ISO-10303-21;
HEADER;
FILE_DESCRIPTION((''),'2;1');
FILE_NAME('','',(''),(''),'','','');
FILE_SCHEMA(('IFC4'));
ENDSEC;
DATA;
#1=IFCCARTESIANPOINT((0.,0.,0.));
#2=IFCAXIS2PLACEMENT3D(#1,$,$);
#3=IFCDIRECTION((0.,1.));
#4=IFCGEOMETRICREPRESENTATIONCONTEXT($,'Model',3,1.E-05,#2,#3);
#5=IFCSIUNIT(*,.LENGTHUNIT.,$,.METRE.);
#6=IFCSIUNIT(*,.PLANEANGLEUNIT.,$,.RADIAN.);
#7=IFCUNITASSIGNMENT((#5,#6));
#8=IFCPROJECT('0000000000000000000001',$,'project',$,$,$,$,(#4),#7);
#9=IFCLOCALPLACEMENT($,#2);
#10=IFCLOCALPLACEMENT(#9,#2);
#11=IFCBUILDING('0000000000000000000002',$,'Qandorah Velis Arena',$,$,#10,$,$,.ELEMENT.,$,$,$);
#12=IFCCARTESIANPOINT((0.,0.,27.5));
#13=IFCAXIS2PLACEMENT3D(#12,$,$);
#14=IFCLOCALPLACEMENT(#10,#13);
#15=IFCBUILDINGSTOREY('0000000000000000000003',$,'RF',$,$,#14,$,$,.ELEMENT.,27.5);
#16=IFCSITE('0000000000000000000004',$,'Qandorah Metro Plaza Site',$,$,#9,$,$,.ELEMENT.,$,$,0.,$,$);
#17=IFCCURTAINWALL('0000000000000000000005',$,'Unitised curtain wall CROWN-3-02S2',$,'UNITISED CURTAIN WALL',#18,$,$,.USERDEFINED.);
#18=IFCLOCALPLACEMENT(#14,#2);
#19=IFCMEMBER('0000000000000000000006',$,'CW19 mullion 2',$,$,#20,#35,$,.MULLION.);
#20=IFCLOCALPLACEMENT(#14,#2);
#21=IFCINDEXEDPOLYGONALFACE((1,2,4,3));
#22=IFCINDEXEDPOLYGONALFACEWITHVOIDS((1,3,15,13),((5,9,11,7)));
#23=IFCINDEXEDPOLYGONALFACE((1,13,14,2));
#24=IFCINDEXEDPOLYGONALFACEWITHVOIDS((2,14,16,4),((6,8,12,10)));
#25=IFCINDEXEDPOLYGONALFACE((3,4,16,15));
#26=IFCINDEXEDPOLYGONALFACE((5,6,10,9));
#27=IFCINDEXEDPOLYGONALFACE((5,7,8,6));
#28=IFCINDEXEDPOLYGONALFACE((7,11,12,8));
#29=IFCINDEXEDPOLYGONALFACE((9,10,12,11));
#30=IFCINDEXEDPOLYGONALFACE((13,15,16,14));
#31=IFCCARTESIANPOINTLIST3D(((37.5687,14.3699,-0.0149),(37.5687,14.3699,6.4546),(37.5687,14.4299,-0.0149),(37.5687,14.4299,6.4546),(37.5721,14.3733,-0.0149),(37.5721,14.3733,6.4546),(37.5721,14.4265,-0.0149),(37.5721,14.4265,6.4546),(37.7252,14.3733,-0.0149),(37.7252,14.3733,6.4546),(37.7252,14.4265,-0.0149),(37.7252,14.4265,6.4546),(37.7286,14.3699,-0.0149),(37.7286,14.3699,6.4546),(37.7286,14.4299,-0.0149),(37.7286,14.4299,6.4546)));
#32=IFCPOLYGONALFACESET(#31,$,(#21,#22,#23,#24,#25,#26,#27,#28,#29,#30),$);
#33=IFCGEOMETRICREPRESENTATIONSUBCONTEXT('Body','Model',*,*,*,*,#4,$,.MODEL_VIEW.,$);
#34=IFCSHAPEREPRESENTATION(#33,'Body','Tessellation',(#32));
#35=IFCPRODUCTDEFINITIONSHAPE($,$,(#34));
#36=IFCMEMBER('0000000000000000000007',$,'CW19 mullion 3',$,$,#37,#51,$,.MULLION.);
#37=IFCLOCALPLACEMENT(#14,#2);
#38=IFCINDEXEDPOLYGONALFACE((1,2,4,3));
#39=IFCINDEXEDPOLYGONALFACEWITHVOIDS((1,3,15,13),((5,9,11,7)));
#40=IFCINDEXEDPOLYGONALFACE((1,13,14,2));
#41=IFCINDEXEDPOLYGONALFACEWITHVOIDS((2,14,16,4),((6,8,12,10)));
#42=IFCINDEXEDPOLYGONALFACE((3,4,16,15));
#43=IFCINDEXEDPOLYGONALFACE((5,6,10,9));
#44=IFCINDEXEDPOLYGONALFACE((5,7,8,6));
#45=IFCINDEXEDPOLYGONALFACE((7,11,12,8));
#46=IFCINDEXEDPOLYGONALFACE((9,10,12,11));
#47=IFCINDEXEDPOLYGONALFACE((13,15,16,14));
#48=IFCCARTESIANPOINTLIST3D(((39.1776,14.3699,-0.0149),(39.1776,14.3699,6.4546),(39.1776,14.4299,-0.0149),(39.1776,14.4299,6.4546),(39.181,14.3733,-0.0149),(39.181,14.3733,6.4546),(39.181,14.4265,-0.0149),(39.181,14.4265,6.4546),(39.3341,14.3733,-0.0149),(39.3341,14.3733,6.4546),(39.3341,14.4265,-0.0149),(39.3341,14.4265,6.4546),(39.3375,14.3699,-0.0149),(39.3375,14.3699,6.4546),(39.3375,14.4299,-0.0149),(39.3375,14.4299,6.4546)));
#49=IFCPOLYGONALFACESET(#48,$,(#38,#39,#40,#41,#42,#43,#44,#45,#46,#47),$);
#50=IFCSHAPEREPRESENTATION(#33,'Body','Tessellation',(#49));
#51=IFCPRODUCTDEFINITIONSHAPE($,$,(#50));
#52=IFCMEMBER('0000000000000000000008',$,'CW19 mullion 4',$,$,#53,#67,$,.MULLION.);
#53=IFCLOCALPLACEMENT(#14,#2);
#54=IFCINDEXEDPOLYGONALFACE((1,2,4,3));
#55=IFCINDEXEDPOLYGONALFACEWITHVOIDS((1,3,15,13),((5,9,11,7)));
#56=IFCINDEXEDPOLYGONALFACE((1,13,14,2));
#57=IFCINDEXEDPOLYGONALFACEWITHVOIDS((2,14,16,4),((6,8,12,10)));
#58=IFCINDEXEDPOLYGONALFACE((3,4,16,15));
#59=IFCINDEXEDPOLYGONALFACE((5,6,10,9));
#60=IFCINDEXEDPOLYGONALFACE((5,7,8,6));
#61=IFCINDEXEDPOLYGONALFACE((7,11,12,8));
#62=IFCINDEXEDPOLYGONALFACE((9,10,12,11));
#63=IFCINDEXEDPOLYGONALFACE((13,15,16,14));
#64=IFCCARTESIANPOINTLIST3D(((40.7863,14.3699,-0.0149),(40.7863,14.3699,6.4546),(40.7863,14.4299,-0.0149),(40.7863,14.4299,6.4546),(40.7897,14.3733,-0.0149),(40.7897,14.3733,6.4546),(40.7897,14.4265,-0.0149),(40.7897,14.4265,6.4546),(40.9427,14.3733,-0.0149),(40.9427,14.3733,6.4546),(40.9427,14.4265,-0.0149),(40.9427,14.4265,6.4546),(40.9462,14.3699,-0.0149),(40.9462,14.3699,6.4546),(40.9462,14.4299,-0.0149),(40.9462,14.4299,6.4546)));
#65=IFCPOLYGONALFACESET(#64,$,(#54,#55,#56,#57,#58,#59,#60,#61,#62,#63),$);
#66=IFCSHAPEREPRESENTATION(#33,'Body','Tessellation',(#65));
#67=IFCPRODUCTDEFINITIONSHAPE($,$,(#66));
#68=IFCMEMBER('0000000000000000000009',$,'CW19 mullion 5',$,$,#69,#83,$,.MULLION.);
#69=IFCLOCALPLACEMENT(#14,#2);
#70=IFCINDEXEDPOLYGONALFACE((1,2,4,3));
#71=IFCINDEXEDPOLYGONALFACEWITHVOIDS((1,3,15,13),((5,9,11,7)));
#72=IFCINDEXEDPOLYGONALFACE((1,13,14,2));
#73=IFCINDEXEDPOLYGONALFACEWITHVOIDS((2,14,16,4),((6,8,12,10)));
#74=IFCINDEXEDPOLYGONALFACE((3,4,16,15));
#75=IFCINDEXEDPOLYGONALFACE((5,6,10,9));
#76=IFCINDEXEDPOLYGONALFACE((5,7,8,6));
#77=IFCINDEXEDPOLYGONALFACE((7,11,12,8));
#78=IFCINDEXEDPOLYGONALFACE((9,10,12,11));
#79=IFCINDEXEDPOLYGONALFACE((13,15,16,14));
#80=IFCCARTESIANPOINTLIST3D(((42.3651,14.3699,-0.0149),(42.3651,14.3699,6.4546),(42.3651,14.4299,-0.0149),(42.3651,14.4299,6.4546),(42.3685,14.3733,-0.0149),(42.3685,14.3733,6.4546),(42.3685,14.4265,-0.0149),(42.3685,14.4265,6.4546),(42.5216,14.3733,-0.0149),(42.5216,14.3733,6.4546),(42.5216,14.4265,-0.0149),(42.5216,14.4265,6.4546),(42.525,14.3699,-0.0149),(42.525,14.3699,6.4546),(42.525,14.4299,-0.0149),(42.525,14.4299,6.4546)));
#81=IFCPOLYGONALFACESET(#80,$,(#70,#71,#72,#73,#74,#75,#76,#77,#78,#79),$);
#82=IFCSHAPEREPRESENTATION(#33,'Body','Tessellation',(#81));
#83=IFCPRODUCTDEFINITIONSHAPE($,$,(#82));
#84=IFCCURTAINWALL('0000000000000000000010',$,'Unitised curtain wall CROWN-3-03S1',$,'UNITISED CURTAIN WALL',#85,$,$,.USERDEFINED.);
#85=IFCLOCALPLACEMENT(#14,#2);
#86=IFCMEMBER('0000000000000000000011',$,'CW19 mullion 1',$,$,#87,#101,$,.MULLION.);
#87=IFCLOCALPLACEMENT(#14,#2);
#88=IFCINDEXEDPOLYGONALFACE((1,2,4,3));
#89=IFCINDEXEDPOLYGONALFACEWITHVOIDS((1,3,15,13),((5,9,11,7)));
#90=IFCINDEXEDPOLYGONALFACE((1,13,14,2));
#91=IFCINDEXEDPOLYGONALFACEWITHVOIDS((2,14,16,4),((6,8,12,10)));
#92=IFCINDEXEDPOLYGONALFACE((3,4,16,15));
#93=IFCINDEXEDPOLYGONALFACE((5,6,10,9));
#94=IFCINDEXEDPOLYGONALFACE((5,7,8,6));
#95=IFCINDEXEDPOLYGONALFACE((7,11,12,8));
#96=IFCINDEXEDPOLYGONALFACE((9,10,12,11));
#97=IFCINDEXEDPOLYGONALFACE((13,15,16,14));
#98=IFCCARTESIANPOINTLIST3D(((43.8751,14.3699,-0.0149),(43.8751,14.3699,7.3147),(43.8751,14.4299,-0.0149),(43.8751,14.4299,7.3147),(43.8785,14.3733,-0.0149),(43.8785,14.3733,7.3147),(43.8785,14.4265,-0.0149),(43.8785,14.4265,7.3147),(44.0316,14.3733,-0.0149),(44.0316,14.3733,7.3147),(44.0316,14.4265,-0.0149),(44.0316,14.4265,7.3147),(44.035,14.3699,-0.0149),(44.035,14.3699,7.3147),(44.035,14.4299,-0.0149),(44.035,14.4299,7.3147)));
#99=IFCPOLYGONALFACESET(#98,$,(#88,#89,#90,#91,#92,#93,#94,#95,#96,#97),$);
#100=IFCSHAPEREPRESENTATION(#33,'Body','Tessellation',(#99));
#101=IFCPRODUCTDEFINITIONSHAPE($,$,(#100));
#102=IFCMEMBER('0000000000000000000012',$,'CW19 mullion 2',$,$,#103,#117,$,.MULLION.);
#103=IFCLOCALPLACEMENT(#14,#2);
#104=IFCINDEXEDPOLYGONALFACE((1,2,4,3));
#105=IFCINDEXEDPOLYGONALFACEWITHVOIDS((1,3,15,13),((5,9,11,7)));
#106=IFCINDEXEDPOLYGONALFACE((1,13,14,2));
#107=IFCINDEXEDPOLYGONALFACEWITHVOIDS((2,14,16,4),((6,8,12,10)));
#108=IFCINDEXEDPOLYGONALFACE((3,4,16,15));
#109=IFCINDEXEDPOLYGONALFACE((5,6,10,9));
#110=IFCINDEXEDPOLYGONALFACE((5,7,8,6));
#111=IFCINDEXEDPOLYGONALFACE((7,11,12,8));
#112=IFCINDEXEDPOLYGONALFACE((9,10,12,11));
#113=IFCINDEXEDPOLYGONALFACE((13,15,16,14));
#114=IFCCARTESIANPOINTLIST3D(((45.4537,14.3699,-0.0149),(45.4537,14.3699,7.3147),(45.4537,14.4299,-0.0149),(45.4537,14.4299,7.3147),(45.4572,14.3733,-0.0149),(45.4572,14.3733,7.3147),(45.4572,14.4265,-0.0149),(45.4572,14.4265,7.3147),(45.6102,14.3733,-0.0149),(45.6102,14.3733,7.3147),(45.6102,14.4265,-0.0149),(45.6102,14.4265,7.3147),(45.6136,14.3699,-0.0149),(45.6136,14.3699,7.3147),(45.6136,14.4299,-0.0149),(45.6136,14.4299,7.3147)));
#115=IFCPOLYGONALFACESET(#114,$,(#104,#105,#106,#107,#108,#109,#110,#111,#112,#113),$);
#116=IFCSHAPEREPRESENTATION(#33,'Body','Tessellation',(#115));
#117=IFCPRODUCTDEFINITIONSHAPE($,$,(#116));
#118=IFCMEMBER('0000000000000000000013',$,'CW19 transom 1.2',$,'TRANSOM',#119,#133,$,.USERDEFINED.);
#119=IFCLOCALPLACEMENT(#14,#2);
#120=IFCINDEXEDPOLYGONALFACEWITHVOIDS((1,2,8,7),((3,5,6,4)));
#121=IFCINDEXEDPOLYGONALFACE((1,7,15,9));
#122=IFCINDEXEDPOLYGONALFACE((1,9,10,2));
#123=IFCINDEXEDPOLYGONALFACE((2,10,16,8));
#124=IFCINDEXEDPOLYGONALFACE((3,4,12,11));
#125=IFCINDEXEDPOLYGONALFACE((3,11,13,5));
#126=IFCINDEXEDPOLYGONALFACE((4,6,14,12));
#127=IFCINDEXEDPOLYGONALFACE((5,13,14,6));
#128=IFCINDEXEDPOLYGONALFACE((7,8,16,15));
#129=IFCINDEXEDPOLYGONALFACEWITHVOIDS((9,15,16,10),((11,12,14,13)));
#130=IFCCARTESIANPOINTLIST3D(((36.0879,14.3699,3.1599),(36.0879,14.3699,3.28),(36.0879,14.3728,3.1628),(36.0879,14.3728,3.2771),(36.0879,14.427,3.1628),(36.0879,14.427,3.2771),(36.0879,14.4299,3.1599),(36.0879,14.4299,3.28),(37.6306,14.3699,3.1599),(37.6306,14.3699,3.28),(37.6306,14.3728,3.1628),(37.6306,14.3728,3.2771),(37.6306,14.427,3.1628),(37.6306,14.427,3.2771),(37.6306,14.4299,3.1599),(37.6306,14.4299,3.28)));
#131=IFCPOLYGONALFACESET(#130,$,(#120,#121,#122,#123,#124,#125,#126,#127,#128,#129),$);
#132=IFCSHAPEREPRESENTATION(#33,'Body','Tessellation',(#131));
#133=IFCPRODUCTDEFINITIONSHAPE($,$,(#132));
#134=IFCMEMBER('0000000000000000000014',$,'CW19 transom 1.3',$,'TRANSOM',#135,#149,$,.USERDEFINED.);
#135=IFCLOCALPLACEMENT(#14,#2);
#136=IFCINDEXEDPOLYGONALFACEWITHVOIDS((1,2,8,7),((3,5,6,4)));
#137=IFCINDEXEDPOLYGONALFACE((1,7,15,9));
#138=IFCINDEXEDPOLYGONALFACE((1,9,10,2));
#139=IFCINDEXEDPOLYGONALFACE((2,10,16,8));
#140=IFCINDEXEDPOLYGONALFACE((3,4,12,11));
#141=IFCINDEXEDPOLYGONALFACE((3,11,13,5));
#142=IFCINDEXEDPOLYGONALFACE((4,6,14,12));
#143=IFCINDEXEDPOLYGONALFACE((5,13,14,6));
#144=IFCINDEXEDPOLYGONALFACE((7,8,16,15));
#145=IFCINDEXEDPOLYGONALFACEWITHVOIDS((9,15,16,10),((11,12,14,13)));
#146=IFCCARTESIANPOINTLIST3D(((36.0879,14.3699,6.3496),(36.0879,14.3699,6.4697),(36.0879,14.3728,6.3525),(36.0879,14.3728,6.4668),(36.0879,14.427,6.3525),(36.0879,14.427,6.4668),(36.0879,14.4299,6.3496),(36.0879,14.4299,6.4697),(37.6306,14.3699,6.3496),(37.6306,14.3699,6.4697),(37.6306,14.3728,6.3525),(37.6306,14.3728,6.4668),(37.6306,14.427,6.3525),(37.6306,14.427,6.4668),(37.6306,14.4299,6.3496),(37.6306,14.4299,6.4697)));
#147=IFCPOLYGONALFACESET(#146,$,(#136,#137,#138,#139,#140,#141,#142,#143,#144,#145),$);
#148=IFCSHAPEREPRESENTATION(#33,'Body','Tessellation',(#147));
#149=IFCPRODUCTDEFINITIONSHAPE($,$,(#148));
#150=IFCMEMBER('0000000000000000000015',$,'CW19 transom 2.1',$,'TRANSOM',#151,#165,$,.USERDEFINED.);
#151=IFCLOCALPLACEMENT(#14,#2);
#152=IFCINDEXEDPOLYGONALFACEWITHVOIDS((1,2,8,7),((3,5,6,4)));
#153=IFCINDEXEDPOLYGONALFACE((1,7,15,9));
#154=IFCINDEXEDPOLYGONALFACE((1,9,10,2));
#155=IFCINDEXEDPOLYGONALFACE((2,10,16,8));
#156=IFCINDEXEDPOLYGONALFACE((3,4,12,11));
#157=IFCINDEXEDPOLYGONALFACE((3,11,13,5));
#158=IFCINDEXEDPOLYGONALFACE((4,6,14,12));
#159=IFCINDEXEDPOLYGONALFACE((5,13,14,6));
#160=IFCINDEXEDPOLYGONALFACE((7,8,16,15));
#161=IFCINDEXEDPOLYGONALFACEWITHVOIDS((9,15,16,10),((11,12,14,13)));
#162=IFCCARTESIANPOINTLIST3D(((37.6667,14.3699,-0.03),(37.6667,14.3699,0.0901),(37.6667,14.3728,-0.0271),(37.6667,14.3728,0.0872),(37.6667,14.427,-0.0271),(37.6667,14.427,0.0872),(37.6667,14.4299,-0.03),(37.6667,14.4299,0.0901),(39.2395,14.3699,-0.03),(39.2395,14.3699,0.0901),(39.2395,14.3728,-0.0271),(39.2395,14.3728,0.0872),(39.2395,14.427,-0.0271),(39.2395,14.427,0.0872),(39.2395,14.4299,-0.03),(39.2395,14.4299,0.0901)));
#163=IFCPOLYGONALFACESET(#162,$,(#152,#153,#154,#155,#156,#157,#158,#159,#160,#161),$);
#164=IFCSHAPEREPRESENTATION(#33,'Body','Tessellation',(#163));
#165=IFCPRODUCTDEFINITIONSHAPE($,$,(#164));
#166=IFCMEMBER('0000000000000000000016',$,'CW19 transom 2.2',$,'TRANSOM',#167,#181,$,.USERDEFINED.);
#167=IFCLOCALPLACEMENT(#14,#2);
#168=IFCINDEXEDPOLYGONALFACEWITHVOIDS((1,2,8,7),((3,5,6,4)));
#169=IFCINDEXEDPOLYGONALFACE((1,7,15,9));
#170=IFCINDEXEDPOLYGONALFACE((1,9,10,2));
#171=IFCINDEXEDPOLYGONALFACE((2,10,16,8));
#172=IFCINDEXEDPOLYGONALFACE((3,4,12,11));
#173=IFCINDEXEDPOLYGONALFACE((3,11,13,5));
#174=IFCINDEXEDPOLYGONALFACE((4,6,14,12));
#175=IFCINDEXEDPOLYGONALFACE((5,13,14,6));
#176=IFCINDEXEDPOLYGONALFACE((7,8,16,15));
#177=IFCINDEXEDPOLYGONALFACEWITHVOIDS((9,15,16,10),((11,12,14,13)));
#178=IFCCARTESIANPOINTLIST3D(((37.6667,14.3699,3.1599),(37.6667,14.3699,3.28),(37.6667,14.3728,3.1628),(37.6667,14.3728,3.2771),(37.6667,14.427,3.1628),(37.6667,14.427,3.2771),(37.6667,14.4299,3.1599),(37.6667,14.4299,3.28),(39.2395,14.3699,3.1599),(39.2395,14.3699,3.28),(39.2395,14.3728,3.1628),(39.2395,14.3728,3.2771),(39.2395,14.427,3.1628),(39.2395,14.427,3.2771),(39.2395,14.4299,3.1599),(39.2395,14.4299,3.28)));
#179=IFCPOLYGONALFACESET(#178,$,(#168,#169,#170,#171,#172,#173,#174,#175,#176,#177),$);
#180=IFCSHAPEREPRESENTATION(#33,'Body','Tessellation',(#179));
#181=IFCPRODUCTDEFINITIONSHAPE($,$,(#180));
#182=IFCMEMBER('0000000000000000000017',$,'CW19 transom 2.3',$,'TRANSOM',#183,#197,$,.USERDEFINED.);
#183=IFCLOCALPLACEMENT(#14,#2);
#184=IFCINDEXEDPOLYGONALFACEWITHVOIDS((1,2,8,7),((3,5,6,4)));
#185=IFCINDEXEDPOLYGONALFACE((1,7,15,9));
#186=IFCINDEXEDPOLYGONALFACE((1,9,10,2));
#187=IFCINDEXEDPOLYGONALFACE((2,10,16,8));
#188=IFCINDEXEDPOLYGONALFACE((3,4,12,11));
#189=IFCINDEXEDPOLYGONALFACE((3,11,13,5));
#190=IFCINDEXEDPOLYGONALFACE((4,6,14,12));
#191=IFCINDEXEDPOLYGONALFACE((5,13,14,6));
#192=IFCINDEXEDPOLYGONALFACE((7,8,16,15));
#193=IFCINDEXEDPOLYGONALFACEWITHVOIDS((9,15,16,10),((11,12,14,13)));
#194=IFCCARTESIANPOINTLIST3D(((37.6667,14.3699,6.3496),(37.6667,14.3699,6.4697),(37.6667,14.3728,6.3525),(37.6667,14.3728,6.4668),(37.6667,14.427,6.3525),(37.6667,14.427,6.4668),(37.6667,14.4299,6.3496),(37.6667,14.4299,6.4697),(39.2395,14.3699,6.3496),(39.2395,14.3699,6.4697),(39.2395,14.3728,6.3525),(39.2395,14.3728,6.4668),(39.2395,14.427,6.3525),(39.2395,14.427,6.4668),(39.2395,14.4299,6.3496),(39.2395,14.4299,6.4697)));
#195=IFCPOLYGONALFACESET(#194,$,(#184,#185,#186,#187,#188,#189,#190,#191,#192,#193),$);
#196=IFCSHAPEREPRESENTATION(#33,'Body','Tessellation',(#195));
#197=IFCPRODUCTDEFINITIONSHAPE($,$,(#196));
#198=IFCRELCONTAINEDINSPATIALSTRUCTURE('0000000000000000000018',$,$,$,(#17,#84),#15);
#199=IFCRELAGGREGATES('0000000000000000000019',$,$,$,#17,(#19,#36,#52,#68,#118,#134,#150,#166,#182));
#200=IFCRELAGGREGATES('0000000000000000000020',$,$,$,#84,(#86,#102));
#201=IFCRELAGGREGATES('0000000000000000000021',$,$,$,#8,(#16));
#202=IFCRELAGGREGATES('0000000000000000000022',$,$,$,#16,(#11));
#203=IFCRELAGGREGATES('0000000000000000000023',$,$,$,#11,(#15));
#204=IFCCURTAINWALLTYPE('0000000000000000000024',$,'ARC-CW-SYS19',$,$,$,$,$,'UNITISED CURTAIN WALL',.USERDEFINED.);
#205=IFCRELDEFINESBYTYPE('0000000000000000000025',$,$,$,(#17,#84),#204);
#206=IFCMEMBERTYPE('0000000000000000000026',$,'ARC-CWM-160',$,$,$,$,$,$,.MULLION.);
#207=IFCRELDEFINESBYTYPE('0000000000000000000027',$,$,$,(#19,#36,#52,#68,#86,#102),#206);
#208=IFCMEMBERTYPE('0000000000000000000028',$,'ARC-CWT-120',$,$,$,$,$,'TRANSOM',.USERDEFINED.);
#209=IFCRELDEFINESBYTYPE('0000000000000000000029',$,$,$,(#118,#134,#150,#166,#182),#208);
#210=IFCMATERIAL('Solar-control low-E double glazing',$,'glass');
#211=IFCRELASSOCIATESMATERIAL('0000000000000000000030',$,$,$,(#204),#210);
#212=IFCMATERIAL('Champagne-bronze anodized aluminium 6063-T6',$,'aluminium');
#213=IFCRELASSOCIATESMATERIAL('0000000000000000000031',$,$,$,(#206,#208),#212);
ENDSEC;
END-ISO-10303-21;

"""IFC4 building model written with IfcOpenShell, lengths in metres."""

from ifc_helpers import new_model, si_unit, direction, frame, origin, origin_2d, place, context, subcontext, project, spatial, hollow_rectangle, extrude, material, material_profile, profile_set, type_object, element, aggregate, save


model = new_model("IFC4")

# Units and contexts
model_context = context("Model", 3, precision=1e-05, world=origin(), true_north=direction((0.0, 1.0)))
body_context = subcontext(model_context, "Body", "Model", "MODEL_VIEW")
ifc_project = project(units=[si_unit("LENGTHUNIT", "METRE"), si_unit("PLANEANGLEUNIT", "RADIAN")], contexts=[model_context])

# Site, building, storey
site_placement = place(None, origin())
site = spatial("IfcSite", under=ifc_project, at=site_placement, Name="Qandorah Metro Plaza Site", CompositionType="ELEMENT", RefElevation=0.0)
building_placement = place(site_placement, origin())
building = spatial("IfcBuilding", under=site, at=building_placement, Name="Qandorah Velis Arena", CompositionType="ELEMENT")
storey_placement = place(building_placement, frame((0.0, 0.0, 27.5)))
storey = spatial("IfcBuildingStorey", under=building, at=storey_placement, Name="RF", CompositionType="ELEMENT", Elevation=27.5)

# Curtain walls, members
ifc_material_1 = material(Name="Solar-control low-E double glazing", Category="glass")
curtain_wall_type = type_object("IfcCurtainWallType", Name="ARC-CW-SYS19", ElementType="UNITISED CURTAIN WALL", PredefinedType="USERDEFINED", material=ifc_material_1)
curtain_wall_1_placement = place(storey_placement, origin())
curtain_wall_1 = element("IfcCurtainWall", 1, at=curtain_wall_1_placement, inside=storey, type_object=curtain_wall_type, Name="Unitised curtain wall CROWN-3-02S2", ObjectType="UNITISED CURTAIN WALL", PredefinedType="USERDEFINED")
ifc_material_2 = material(Name="Champagne-bronze anodized aluminium 6063-T6", Category="aluminium")
ifc_material_profile_1 = material_profile(ifc_material_2, hollow_rectangle(XDim=0.0601, YDim=0.1599, WallThickness=0.0034, at=origin_2d()), Name="ALU MULLION 60x160")
ifc_profile_set_1 = profile_set([ifc_material_profile_1], Name="Champagne-bronze anodized aluminium 6063-T6")
member_type_1 = type_object("IfcMemberType", Name="ARC-CWM-160", PredefinedType="MULLION", material=ifc_profile_set_1)
member_1_placement = place(storey_placement, frame((37.6487, 14.3999, -0.0149), z_axis=(0.0, 0.0, 1.0), x_axis=(0.0, 1.0, 0.0)))
member_1 = element("IfcMember", 2, at=member_1_placement, type_object=member_type_1, Name="CW19 mullion 2", PredefinedType="MULLION", context=body_context, shape_type="SweptSolid", body=[
    extrude(hollow_rectangle(XDim=0.0601, YDim=0.1599, WallThickness=0.0034, at=origin_2d()), origin(), (0.0, 0.0, 1.0), 6.4695),
])
member_2_placement = place(storey_placement, frame((39.2576, 14.3999, -0.0149), z_axis=(0.0, 0.0, 1.0), x_axis=(0.0, 1.0, 0.0)))
member_2 = element("IfcMember", 3, at=member_2_placement, type_object=member_type_1, Name="CW19 mullion 3", PredefinedType="MULLION", context=body_context, shape_type="SweptSolid", body=[
    extrude(hollow_rectangle(XDim=0.0601, YDim=0.1599, WallThickness=0.0034, at=origin_2d()), origin(), (0.0, 0.0, 1.0), 6.4695),
])
member_3_placement = place(storey_placement, frame((40.8662, 14.3999, -0.0149), z_axis=(0.0, 0.0, 1.0), x_axis=(0.0, 1.0, 0.0)))
member_3 = element("IfcMember", 4, at=member_3_placement, type_object=member_type_1, Name="CW19 mullion 4", PredefinedType="MULLION", context=body_context, shape_type="SweptSolid", body=[
    extrude(hollow_rectangle(XDim=0.0601, YDim=0.1599, WallThickness=0.0034, at=origin_2d()), origin(), (0.0, 0.0, 1.0), 6.4695),
])
member_4_placement = place(storey_placement, frame((42.4451, 14.3999, -0.0149), z_axis=(0.0, 0.0, 1.0), x_axis=(0.0, 1.0, 0.0)))
member_4 = element("IfcMember", 5, at=member_4_placement, type_object=member_type_1, Name="CW19 mullion 5", PredefinedType="MULLION", context=body_context, shape_type="SweptSolid", body=[
    extrude(hollow_rectangle(XDim=0.0601, YDim=0.1599, WallThickness=0.0034, at=origin_2d()), origin(), (0.0, 0.0, 1.0), 6.4695),
])
curtain_wall_2_placement = place(storey_placement, origin())
curtain_wall_2 = element("IfcCurtainWall", 6, at=curtain_wall_2_placement, inside=storey, type_object=curtain_wall_type, Name="Unitised curtain wall CROWN-3-03S1", ObjectType="UNITISED CURTAIN WALL", PredefinedType="USERDEFINED")
member_5_placement = place(storey_placement, frame((43.9551, 14.3999, -0.0149), z_axis=(0.0, 0.0, 1.0), x_axis=(0.0, 1.0, 0.0)))
member_5 = element("IfcMember", 7, at=member_5_placement, type_object=member_type_1, Name="CW19 mullion 1", PredefinedType="MULLION", context=body_context, shape_type="SweptSolid", body=[
    extrude(hollow_rectangle(XDim=0.0601, YDim=0.1599, WallThickness=0.0034, at=origin_2d()), origin(), (0.0, 0.0, 1.0), 7.3296),
])
member_6_placement = place(storey_placement, frame((45.5337, 14.3999, -0.0149), z_axis=(0.0, 0.0, 1.0), x_axis=(0.0, 1.0, 0.0)))
member_6 = element("IfcMember", 8, at=member_6_placement, type_object=member_type_1, Name="CW19 mullion 2", PredefinedType="MULLION", context=body_context, shape_type="SweptSolid", body=[
    extrude(hollow_rectangle(XDim=0.0601, YDim=0.1599, WallThickness=0.0034, at=origin_2d()), origin(), (0.0, 0.0, 1.0), 7.3296),
])

# Members
ifc_material_profile_2 = material_profile(ifc_material_2, hollow_rectangle(XDim=0.0601, YDim=0.1201, WallThickness=0.0029, at=origin_2d()), Name="ALU TRANSOM 60x120")
ifc_profile_set_2 = profile_set([ifc_material_profile_2], Name="Champagne-bronze anodized aluminium 6063-T6")
member_type_2 = type_object("IfcMemberType", Name="ARC-CWT-120", ElementType="TRANSOM", PredefinedType="USERDEFINED", material=ifc_profile_set_2)
member_7_placement = place(storey_placement, frame((36.0879, 14.3999, 3.22), z_axis=(1.0, 0.0, 0.0), x_axis=(0.0, 1.0, 0.0)))
member_7 = element("IfcMember", 9, at=member_7_placement, type_object=member_type_2, Name="CW19 transom 1.2", ObjectType="TRANSOM", PredefinedType="USERDEFINED", context=body_context, shape_type="SweptSolid", body=[
    extrude(hollow_rectangle(XDim=0.0601, YDim=0.1201, WallThickness=0.0029, at=origin_2d()), origin(), (0.0, 0.0, 1.0), 1.5427),
])
member_8_placement = place(storey_placement, frame((36.0879, 14.3999, 6.4097), z_axis=(1.0, 0.0, 0.0), x_axis=(0.0, 1.0, 0.0)))
member_8 = element("IfcMember", 10, at=member_8_placement, type_object=member_type_2, Name="CW19 transom 1.3", ObjectType="TRANSOM", PredefinedType="USERDEFINED", context=body_context, shape_type="SweptSolid", body=[
    extrude(hollow_rectangle(XDim=0.0601, YDim=0.1201, WallThickness=0.0029, at=origin_2d()), origin(), (0.0, 0.0, 1.0), 1.5427),
])
member_9_placement = place(storey_placement, frame((37.6667, 14.3999, 0.03), z_axis=(1.0, 0.0, 0.0), x_axis=(0.0, 1.0, 0.0)))
member_9 = element("IfcMember", 11, at=member_9_placement, type_object=member_type_2, Name="CW19 transom 2.1", ObjectType="TRANSOM", PredefinedType="USERDEFINED", context=body_context, shape_type="SweptSolid", body=[
    extrude(hollow_rectangle(XDim=0.0601, YDim=0.1201, WallThickness=0.0029, at=origin_2d()), origin(), (0.0, 0.0, 1.0), 1.5728),
])
member_10_placement = place(storey_placement, frame((37.6667, 14.3999, 3.22), z_axis=(1.0, 0.0, 0.0), x_axis=(0.0, 1.0, 0.0)))
member_10 = element("IfcMember", 12, at=member_10_placement, type_object=member_type_2, Name="CW19 transom 2.2", ObjectType="TRANSOM", PredefinedType="USERDEFINED", context=body_context, shape_type="SweptSolid", body=[
    extrude(hollow_rectangle(XDim=0.0601, YDim=0.1201, WallThickness=0.0029, at=origin_2d()), origin(), (0.0, 0.0, 1.0), 1.5728),
])
member_11_placement = place(storey_placement, frame((37.6667, 14.3999, 6.4097), z_axis=(1.0, 0.0, 0.0), x_axis=(0.0, 1.0, 0.0)))
member_11 = element("IfcMember", 13, at=member_11_placement, type_object=member_type_2, Name="CW19 transom 2.3", ObjectType="TRANSOM", PredefinedType="USERDEFINED", context=body_context, shape_type="SweptSolid", body=[
    extrude(hollow_rectangle(XDim=0.0601, YDim=0.1201, WallThickness=0.0029, at=origin_2d()), origin(), (0.0, 0.0, 1.0), 1.5728),
])

aggregate(curtain_wall_1, [member_1, member_2, member_3, member_4, member_7, member_8, member_9, member_10, member_11])
aggregate(curtain_wall_2, [member_5, member_6])

save(model, "model.ifc")
